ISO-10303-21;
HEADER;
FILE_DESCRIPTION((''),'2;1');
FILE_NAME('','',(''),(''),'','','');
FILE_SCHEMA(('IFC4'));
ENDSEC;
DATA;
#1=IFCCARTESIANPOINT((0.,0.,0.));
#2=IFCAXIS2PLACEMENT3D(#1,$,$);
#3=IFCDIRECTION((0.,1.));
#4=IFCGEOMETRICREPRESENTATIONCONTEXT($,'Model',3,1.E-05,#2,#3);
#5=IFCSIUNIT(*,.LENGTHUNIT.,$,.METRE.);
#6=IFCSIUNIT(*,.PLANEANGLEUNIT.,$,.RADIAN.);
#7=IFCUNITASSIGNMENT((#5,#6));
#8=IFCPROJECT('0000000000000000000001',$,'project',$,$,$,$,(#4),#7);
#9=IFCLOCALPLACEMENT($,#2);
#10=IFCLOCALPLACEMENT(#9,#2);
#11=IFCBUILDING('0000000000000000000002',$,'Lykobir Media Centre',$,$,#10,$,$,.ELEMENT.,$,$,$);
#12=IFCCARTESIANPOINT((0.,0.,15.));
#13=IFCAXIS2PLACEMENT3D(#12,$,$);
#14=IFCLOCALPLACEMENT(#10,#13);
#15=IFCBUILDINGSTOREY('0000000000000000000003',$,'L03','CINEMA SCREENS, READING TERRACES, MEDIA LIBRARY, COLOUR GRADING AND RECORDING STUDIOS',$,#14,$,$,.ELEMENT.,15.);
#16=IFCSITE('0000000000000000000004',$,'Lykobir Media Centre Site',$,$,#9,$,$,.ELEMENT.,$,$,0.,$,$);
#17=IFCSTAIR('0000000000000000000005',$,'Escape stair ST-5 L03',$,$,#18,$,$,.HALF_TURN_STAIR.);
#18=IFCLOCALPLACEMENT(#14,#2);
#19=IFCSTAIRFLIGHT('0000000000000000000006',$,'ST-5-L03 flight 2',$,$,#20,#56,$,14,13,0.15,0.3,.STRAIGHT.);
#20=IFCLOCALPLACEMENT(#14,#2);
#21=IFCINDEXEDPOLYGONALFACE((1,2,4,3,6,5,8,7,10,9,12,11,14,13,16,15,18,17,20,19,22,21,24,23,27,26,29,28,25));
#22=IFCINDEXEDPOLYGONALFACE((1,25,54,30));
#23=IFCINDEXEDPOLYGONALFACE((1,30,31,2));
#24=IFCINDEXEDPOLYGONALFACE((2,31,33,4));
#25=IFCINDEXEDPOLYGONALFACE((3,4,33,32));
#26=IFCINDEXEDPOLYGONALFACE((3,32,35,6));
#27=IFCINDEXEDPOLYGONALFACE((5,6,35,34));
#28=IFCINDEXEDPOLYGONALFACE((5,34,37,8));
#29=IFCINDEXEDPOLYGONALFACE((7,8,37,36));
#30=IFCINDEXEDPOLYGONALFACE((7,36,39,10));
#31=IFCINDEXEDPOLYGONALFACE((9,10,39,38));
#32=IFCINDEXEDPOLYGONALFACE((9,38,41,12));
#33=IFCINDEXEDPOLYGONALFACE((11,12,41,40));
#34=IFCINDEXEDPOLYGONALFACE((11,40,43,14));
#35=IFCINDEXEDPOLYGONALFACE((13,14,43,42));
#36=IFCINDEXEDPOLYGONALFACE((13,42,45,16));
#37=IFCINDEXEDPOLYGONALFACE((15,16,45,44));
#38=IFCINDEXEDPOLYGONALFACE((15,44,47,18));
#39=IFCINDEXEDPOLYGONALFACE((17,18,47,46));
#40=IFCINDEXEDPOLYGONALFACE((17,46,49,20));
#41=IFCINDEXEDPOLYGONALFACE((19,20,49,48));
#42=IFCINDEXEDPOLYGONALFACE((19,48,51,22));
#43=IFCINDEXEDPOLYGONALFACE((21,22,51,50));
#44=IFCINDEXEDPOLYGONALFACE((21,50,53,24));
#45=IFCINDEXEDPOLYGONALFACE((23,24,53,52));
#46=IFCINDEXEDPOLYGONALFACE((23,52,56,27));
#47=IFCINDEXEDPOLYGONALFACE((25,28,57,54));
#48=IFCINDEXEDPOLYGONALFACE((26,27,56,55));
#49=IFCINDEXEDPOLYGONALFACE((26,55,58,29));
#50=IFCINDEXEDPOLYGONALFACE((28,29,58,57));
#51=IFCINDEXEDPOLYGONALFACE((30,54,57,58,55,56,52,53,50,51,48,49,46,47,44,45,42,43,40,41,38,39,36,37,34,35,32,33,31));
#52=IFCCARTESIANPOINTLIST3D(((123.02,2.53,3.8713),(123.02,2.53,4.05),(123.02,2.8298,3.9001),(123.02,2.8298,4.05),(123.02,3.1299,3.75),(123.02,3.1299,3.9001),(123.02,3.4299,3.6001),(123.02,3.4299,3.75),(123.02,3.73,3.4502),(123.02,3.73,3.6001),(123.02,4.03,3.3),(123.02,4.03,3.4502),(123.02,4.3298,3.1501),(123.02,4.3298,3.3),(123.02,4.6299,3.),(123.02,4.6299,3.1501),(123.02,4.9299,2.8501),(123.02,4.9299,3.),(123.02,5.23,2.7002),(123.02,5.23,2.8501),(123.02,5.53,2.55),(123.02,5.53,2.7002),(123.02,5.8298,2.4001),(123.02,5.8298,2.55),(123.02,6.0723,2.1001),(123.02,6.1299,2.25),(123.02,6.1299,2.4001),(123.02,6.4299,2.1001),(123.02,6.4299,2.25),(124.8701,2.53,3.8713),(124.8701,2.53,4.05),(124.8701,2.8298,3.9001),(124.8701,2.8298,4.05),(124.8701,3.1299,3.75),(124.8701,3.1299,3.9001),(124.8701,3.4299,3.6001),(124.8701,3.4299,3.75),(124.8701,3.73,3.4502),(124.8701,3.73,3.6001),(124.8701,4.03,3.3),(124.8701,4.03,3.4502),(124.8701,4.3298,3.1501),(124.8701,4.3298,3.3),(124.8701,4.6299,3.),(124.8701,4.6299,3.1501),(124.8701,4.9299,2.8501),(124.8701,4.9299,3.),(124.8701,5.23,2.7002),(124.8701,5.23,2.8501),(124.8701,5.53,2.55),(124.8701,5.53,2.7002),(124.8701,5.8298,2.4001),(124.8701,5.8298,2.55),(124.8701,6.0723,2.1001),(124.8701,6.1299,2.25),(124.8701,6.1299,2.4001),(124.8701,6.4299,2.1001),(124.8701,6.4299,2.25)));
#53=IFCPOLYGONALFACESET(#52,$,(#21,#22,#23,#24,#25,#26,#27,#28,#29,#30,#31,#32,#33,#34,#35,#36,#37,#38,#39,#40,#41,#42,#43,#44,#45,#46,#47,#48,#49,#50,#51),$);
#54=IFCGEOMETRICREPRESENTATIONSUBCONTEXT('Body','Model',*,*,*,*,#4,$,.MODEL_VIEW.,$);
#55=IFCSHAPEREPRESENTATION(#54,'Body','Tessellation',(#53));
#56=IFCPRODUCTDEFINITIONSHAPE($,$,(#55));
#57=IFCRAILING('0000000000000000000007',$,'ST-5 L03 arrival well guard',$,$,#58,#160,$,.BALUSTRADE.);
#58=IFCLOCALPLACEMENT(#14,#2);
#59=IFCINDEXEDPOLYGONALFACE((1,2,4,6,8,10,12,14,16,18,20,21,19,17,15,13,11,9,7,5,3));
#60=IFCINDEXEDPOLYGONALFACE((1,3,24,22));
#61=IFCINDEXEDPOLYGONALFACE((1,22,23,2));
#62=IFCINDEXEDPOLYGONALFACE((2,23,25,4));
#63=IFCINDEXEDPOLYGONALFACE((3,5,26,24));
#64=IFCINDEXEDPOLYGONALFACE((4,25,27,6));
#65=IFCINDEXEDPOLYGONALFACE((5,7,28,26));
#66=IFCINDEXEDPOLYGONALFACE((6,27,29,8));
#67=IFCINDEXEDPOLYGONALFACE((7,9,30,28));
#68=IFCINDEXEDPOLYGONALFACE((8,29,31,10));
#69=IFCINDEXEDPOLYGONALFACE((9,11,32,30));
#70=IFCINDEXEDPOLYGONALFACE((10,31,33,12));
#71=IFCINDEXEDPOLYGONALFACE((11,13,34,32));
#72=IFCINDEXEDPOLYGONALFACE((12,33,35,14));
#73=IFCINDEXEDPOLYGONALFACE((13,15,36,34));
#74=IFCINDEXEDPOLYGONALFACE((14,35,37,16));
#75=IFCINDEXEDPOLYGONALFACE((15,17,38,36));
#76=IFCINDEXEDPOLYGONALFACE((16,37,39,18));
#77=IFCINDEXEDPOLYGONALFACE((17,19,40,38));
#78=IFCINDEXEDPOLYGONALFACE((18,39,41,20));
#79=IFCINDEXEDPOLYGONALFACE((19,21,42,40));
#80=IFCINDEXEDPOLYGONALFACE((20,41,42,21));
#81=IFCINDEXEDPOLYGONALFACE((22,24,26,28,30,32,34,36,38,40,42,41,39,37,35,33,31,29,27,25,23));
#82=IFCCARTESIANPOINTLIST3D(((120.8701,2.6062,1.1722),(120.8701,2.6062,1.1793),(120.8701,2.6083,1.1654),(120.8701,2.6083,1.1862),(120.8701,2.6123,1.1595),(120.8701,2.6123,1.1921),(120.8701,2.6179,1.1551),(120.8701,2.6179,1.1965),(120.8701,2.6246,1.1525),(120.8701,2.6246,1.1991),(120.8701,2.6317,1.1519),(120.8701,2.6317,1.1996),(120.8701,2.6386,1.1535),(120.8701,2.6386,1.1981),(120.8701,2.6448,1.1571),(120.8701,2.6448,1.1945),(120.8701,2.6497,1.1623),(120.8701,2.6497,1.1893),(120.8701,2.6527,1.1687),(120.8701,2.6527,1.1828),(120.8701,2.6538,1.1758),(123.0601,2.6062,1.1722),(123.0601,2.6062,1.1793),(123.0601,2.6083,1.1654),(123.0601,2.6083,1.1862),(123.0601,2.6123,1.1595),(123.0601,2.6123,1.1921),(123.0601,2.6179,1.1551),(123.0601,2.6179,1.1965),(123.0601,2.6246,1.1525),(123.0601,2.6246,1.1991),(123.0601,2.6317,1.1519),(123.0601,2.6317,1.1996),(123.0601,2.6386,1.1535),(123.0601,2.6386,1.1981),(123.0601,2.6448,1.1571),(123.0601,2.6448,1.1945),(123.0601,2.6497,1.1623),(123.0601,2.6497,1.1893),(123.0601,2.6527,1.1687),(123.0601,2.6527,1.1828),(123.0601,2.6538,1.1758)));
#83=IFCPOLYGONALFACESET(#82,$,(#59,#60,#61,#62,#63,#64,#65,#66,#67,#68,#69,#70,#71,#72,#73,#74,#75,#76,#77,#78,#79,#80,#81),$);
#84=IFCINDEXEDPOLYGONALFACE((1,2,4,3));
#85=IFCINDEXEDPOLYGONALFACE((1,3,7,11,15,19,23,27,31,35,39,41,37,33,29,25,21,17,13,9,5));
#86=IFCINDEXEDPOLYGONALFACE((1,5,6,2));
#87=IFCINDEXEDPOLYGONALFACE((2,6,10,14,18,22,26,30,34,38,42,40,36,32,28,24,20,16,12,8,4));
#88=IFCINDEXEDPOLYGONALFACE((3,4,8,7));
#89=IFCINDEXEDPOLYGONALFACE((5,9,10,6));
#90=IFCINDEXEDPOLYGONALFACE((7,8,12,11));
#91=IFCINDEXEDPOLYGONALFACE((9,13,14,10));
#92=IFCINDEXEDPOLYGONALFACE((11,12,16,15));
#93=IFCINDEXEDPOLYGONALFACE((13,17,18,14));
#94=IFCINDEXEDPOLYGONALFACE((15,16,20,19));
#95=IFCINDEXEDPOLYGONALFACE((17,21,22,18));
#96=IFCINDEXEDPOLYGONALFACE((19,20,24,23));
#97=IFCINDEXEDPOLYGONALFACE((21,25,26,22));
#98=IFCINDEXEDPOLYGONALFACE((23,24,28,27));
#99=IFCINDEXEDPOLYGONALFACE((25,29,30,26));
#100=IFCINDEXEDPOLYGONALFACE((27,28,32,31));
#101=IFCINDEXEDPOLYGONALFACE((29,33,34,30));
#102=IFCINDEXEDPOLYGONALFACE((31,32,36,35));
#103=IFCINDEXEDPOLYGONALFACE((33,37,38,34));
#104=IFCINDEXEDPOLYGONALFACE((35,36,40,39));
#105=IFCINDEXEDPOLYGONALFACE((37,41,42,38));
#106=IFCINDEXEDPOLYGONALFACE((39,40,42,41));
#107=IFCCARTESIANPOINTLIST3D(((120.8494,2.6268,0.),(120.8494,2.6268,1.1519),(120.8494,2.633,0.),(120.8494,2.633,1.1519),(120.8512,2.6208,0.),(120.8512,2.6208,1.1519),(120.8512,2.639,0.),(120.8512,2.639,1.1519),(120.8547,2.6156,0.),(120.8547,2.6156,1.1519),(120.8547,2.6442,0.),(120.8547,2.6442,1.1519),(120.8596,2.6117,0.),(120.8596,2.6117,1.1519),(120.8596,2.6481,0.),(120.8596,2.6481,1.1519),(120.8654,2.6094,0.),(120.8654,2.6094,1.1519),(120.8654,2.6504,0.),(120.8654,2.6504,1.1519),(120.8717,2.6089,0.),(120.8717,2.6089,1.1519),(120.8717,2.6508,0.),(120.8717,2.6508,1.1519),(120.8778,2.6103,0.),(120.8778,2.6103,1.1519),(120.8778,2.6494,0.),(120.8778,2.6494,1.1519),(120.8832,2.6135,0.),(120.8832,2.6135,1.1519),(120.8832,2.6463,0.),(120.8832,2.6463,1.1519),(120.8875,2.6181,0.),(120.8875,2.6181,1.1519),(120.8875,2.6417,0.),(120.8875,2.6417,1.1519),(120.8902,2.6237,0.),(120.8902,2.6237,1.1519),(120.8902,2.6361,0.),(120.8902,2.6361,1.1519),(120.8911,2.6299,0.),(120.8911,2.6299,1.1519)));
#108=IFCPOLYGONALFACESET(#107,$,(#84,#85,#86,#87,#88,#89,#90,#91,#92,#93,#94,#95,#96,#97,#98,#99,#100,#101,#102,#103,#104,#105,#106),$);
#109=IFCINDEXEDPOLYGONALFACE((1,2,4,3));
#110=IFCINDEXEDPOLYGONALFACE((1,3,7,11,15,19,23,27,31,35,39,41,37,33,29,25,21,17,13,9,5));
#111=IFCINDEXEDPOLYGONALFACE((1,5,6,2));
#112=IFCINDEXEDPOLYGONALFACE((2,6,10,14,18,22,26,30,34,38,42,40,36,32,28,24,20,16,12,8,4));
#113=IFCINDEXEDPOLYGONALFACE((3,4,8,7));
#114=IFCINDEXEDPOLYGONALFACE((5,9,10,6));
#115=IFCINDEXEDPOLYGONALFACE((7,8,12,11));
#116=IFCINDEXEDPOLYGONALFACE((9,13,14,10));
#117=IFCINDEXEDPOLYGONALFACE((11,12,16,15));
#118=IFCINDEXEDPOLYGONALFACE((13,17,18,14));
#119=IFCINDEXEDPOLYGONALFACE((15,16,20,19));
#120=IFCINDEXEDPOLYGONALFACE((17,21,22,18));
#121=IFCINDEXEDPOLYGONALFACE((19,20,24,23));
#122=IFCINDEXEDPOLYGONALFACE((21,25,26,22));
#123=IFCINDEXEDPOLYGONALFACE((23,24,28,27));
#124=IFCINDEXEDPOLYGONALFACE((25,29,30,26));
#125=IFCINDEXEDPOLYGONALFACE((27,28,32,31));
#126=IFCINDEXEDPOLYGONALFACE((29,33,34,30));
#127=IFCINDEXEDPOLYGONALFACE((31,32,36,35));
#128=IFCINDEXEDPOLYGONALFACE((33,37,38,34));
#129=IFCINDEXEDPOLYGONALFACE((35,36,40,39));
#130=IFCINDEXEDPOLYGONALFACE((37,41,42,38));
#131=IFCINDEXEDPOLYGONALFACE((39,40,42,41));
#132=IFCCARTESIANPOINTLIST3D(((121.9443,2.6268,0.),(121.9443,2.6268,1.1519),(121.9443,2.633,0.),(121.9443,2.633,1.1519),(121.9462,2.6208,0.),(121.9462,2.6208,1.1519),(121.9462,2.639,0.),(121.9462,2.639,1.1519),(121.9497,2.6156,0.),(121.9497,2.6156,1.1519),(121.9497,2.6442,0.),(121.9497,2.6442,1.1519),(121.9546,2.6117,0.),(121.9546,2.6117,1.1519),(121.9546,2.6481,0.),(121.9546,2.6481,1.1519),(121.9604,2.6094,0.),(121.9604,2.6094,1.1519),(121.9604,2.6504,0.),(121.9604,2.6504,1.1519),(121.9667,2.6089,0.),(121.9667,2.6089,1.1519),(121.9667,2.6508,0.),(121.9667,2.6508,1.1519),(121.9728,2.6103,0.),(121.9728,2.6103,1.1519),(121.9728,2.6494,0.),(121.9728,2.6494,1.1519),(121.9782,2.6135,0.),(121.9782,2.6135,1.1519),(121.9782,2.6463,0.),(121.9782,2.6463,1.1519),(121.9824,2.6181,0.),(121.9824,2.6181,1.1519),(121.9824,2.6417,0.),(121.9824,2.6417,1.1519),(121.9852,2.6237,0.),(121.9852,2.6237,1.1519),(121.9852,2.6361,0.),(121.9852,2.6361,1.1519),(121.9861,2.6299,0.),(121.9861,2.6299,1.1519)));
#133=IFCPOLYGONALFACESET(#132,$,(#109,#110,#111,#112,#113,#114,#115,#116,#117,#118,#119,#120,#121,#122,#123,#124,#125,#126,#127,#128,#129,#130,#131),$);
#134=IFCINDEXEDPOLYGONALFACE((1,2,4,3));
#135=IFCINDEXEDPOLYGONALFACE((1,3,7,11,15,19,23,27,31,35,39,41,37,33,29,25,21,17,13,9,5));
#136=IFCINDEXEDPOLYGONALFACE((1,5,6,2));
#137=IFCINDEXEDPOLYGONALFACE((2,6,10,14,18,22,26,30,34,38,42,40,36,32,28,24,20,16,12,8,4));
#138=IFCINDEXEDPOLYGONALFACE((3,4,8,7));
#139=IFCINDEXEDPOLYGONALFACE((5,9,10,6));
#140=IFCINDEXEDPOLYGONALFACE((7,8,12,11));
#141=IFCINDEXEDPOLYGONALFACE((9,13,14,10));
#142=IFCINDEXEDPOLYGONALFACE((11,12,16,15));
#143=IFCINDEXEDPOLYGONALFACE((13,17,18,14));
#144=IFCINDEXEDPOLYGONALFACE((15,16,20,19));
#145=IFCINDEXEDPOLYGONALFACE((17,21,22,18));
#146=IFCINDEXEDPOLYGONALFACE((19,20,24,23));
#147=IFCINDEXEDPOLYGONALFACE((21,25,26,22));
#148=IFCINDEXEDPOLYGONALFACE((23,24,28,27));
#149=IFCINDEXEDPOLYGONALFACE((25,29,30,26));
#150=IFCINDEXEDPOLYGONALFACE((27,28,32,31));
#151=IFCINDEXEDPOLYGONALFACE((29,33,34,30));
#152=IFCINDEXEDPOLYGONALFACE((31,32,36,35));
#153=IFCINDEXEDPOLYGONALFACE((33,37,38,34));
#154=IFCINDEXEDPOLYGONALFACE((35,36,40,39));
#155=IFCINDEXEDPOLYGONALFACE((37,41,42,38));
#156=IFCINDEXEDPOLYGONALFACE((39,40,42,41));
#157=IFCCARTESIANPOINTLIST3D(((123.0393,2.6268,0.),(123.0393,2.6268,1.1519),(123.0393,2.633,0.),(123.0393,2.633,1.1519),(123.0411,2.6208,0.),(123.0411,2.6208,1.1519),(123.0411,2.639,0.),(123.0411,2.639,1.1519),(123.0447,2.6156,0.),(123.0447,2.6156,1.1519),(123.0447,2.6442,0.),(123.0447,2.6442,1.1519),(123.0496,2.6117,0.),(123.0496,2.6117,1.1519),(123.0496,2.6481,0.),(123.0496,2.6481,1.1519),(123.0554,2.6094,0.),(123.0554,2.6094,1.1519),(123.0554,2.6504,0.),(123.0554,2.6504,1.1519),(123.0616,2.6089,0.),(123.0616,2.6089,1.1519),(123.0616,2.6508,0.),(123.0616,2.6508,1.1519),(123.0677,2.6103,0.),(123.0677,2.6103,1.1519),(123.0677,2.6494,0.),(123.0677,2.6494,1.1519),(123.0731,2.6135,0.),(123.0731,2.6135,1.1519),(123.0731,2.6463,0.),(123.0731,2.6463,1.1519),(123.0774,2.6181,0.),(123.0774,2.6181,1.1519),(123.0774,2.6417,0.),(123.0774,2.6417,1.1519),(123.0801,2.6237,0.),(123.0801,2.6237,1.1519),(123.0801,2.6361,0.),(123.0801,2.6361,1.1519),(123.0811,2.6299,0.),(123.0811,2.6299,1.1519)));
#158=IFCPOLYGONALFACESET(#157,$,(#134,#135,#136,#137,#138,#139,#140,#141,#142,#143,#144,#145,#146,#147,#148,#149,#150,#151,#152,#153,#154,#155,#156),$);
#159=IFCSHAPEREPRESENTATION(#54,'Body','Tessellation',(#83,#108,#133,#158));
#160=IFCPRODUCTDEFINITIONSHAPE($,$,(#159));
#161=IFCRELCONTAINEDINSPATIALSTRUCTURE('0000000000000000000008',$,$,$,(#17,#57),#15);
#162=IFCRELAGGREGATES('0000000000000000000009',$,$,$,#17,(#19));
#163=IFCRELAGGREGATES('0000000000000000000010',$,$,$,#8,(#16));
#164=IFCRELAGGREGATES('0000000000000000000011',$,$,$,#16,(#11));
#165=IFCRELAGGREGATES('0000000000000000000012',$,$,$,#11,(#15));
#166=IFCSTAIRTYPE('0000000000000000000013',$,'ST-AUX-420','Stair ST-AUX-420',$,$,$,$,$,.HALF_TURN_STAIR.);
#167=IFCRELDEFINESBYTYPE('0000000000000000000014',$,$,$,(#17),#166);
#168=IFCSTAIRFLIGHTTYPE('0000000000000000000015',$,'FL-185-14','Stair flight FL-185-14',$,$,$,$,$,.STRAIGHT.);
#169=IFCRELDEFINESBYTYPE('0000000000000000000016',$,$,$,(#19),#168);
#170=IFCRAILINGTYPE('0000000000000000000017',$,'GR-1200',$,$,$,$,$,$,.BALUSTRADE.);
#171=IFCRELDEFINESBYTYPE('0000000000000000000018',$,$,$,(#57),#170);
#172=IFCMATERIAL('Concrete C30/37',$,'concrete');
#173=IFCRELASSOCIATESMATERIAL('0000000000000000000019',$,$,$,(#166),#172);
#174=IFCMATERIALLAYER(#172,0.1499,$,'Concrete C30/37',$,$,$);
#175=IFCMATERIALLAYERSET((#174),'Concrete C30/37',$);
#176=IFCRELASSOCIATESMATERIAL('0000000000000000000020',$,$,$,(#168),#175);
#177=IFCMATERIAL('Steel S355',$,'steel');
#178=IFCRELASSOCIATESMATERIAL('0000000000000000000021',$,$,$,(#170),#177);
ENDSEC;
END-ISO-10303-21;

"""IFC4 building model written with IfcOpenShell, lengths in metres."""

from ifc_helpers import new_model, si_unit, direction, frame, origin, origin_2d, place, context, subcontext, project, spatial, polyline, circle, outline, extrude, material, layer, layer_set, type_object, element, aggregate, save


model = new_model("IFC4")

# Units and contexts
model_context = context("Model", 3, precision=1e-05, world=origin(), true_north=direction((0.0, 1.0)))
body_context = subcontext(model_context, "Body", "Model", "MODEL_VIEW")
ifc_project = project(units=[si_unit("LENGTHUNIT", "METRE"), si_unit("PLANEANGLEUNIT", "RADIAN")], contexts=[model_context])

# Site, building, storey
site_placement = place(None, origin())
site = spatial("IfcSite", under=ifc_project, at=site_placement, Name="Lykobir Media Centre Site", CompositionType="ELEMENT", RefElevation=0.0)
building_placement = place(site_placement, origin())
building = spatial("IfcBuilding", under=site, at=building_placement, Name="Lykobir Media Centre", CompositionType="ELEMENT")
storey_placement = place(building_placement, frame((0.0, 0.0, 15.0)))
storey = spatial("IfcBuildingStorey", under=building, at=storey_placement, Name="L03", Description="CINEMA SCREENS, READING TERRACES, MEDIA LIBRARY, COLOUR GRADING AND RECORDING STUDIOS", CompositionType="ELEMENT", Elevation=15.0)

# Shared definitions
ifc_material_1 = material(Name="Steel S355", Category="steel")

# Shared definitions
ifc_material_2 = material(Name="Concrete C30/37", Category="concrete")

# Stair, stair flight
stair_type = type_object("IfcStairType", Name="ST-AUX-420", Description="Stair ST-AUX-420", PredefinedType="HALF_TURN_STAIR", material=ifc_material_2)
stair_placement = place(storey_placement, origin())
stair = element("IfcStair", 1, at=stair_placement, inside=storey, type_object=stair_type, Name="Escape stair ST-5 L03", PredefinedType="HALF_TURN_STAIR")
ifc_layer_1 = layer(ifc_material_2, 0.1499, Name="Concrete C30/37")
ifc_layer_set_1 = layer_set([ifc_layer_1], Name="Concrete C30/37")
stair_flight_type = type_object("IfcStairFlightType", Name="FL-185-14", Description="Stair flight FL-185-14", PredefinedType="STRAIGHT", material=ifc_layer_set_1)
stair_flight_placement = place(storey_placement, frame((123.9451, 6.4299, 2.1001), z_axis=(0.0, 0.0, 1.0), x_axis=(0.0, -1.0, 0.0)))
stair_flight = element("IfcStairFlight", 2, at=stair_flight_placement, type_object=stair_flight_type, Name="ST-5-L03 flight 2", NumberOfRisers=14, NumberOfTreads=13, PredefinedType="STRAIGHT", RiserHeight=0.15, TreadLength=0.3, context=body_context, shape_type="SweptSolid", body=[
    extrude(outline(polyline([(0.0, 0.0), (0.0, 0.1499), (0.3, 0.1499), (0.3, 0.3), (0.6001, 0.3), (0.6001, 0.45), (0.8999, 0.45), (0.8999, 0.6001), (1.2, 0.6001), (1.2, 0.75), (1.5, 0.75), (1.5, 0.8999), (1.8, 0.8999), (1.8, 1.05), (2.1001, 1.05), (2.1001, 1.2), (2.3999, 1.2), (2.3999, 1.3501), (2.7, 1.3501), (2.7, 1.5), (3.0, 1.5), (3.0, 1.6499), (3.3, 1.6499), (3.3, 1.8), (3.6001, 1.8), (3.6001, 1.95), (3.8999, 1.95), (3.8999, 2.1001), (3.8999, 1.7712), (0.3577, 0.0), (0.0, 0.0)])), frame((0.0, 0.925, 0.0), z_axis=(0.0, -1.0, 0.0), x_axis=(1.0, 0.0, 0.0)), (0.0, 0.0, 1.0), 1.8501),
])
aggregate(stair, [stair_flight])

# Railing
railing_type_1 = type_object("IfcRailingType", Name="GR-1200", PredefinedType="BALUSTRADE", material=ifc_material_1)
railing_1_placement = place(storey_placement, frame((120.8701, 2.6299, 0.0)))
element("IfcRailing", 3, at=railing_1_placement, inside=storey, type_object=railing_type_1, Name="ST-5 L03 arrival well guard", PredefinedType="BALUSTRADE", context=body_context, shape_type="SweptSolid", body=[
    extrude(circle(Radius=0.0239, at=origin_2d()), frame((0.0, 0.0, 1.1758), z_axis=(1.0, 0.0, 0.0), x_axis=(0.0, 1.0, 0.0)), (0.0, 0.0, 1.0), 2.1899),
    extrude(circle(Radius=0.021, at=origin_2d()), origin(), (0.0, 0.0, 1.0), 1.1519),
    extrude(circle(Radius=0.021, at=origin_2d()), frame((1.095, 0.0, 0.0)), (0.0, 0.0, 1.0), 1.1519),
    extrude(circle(Radius=0.021, at=origin_2d()), frame((2.1899, 0.0, 0.0)), (0.0, 0.0, 1.0), 1.1519),
])

save(model, "model.ifc")
